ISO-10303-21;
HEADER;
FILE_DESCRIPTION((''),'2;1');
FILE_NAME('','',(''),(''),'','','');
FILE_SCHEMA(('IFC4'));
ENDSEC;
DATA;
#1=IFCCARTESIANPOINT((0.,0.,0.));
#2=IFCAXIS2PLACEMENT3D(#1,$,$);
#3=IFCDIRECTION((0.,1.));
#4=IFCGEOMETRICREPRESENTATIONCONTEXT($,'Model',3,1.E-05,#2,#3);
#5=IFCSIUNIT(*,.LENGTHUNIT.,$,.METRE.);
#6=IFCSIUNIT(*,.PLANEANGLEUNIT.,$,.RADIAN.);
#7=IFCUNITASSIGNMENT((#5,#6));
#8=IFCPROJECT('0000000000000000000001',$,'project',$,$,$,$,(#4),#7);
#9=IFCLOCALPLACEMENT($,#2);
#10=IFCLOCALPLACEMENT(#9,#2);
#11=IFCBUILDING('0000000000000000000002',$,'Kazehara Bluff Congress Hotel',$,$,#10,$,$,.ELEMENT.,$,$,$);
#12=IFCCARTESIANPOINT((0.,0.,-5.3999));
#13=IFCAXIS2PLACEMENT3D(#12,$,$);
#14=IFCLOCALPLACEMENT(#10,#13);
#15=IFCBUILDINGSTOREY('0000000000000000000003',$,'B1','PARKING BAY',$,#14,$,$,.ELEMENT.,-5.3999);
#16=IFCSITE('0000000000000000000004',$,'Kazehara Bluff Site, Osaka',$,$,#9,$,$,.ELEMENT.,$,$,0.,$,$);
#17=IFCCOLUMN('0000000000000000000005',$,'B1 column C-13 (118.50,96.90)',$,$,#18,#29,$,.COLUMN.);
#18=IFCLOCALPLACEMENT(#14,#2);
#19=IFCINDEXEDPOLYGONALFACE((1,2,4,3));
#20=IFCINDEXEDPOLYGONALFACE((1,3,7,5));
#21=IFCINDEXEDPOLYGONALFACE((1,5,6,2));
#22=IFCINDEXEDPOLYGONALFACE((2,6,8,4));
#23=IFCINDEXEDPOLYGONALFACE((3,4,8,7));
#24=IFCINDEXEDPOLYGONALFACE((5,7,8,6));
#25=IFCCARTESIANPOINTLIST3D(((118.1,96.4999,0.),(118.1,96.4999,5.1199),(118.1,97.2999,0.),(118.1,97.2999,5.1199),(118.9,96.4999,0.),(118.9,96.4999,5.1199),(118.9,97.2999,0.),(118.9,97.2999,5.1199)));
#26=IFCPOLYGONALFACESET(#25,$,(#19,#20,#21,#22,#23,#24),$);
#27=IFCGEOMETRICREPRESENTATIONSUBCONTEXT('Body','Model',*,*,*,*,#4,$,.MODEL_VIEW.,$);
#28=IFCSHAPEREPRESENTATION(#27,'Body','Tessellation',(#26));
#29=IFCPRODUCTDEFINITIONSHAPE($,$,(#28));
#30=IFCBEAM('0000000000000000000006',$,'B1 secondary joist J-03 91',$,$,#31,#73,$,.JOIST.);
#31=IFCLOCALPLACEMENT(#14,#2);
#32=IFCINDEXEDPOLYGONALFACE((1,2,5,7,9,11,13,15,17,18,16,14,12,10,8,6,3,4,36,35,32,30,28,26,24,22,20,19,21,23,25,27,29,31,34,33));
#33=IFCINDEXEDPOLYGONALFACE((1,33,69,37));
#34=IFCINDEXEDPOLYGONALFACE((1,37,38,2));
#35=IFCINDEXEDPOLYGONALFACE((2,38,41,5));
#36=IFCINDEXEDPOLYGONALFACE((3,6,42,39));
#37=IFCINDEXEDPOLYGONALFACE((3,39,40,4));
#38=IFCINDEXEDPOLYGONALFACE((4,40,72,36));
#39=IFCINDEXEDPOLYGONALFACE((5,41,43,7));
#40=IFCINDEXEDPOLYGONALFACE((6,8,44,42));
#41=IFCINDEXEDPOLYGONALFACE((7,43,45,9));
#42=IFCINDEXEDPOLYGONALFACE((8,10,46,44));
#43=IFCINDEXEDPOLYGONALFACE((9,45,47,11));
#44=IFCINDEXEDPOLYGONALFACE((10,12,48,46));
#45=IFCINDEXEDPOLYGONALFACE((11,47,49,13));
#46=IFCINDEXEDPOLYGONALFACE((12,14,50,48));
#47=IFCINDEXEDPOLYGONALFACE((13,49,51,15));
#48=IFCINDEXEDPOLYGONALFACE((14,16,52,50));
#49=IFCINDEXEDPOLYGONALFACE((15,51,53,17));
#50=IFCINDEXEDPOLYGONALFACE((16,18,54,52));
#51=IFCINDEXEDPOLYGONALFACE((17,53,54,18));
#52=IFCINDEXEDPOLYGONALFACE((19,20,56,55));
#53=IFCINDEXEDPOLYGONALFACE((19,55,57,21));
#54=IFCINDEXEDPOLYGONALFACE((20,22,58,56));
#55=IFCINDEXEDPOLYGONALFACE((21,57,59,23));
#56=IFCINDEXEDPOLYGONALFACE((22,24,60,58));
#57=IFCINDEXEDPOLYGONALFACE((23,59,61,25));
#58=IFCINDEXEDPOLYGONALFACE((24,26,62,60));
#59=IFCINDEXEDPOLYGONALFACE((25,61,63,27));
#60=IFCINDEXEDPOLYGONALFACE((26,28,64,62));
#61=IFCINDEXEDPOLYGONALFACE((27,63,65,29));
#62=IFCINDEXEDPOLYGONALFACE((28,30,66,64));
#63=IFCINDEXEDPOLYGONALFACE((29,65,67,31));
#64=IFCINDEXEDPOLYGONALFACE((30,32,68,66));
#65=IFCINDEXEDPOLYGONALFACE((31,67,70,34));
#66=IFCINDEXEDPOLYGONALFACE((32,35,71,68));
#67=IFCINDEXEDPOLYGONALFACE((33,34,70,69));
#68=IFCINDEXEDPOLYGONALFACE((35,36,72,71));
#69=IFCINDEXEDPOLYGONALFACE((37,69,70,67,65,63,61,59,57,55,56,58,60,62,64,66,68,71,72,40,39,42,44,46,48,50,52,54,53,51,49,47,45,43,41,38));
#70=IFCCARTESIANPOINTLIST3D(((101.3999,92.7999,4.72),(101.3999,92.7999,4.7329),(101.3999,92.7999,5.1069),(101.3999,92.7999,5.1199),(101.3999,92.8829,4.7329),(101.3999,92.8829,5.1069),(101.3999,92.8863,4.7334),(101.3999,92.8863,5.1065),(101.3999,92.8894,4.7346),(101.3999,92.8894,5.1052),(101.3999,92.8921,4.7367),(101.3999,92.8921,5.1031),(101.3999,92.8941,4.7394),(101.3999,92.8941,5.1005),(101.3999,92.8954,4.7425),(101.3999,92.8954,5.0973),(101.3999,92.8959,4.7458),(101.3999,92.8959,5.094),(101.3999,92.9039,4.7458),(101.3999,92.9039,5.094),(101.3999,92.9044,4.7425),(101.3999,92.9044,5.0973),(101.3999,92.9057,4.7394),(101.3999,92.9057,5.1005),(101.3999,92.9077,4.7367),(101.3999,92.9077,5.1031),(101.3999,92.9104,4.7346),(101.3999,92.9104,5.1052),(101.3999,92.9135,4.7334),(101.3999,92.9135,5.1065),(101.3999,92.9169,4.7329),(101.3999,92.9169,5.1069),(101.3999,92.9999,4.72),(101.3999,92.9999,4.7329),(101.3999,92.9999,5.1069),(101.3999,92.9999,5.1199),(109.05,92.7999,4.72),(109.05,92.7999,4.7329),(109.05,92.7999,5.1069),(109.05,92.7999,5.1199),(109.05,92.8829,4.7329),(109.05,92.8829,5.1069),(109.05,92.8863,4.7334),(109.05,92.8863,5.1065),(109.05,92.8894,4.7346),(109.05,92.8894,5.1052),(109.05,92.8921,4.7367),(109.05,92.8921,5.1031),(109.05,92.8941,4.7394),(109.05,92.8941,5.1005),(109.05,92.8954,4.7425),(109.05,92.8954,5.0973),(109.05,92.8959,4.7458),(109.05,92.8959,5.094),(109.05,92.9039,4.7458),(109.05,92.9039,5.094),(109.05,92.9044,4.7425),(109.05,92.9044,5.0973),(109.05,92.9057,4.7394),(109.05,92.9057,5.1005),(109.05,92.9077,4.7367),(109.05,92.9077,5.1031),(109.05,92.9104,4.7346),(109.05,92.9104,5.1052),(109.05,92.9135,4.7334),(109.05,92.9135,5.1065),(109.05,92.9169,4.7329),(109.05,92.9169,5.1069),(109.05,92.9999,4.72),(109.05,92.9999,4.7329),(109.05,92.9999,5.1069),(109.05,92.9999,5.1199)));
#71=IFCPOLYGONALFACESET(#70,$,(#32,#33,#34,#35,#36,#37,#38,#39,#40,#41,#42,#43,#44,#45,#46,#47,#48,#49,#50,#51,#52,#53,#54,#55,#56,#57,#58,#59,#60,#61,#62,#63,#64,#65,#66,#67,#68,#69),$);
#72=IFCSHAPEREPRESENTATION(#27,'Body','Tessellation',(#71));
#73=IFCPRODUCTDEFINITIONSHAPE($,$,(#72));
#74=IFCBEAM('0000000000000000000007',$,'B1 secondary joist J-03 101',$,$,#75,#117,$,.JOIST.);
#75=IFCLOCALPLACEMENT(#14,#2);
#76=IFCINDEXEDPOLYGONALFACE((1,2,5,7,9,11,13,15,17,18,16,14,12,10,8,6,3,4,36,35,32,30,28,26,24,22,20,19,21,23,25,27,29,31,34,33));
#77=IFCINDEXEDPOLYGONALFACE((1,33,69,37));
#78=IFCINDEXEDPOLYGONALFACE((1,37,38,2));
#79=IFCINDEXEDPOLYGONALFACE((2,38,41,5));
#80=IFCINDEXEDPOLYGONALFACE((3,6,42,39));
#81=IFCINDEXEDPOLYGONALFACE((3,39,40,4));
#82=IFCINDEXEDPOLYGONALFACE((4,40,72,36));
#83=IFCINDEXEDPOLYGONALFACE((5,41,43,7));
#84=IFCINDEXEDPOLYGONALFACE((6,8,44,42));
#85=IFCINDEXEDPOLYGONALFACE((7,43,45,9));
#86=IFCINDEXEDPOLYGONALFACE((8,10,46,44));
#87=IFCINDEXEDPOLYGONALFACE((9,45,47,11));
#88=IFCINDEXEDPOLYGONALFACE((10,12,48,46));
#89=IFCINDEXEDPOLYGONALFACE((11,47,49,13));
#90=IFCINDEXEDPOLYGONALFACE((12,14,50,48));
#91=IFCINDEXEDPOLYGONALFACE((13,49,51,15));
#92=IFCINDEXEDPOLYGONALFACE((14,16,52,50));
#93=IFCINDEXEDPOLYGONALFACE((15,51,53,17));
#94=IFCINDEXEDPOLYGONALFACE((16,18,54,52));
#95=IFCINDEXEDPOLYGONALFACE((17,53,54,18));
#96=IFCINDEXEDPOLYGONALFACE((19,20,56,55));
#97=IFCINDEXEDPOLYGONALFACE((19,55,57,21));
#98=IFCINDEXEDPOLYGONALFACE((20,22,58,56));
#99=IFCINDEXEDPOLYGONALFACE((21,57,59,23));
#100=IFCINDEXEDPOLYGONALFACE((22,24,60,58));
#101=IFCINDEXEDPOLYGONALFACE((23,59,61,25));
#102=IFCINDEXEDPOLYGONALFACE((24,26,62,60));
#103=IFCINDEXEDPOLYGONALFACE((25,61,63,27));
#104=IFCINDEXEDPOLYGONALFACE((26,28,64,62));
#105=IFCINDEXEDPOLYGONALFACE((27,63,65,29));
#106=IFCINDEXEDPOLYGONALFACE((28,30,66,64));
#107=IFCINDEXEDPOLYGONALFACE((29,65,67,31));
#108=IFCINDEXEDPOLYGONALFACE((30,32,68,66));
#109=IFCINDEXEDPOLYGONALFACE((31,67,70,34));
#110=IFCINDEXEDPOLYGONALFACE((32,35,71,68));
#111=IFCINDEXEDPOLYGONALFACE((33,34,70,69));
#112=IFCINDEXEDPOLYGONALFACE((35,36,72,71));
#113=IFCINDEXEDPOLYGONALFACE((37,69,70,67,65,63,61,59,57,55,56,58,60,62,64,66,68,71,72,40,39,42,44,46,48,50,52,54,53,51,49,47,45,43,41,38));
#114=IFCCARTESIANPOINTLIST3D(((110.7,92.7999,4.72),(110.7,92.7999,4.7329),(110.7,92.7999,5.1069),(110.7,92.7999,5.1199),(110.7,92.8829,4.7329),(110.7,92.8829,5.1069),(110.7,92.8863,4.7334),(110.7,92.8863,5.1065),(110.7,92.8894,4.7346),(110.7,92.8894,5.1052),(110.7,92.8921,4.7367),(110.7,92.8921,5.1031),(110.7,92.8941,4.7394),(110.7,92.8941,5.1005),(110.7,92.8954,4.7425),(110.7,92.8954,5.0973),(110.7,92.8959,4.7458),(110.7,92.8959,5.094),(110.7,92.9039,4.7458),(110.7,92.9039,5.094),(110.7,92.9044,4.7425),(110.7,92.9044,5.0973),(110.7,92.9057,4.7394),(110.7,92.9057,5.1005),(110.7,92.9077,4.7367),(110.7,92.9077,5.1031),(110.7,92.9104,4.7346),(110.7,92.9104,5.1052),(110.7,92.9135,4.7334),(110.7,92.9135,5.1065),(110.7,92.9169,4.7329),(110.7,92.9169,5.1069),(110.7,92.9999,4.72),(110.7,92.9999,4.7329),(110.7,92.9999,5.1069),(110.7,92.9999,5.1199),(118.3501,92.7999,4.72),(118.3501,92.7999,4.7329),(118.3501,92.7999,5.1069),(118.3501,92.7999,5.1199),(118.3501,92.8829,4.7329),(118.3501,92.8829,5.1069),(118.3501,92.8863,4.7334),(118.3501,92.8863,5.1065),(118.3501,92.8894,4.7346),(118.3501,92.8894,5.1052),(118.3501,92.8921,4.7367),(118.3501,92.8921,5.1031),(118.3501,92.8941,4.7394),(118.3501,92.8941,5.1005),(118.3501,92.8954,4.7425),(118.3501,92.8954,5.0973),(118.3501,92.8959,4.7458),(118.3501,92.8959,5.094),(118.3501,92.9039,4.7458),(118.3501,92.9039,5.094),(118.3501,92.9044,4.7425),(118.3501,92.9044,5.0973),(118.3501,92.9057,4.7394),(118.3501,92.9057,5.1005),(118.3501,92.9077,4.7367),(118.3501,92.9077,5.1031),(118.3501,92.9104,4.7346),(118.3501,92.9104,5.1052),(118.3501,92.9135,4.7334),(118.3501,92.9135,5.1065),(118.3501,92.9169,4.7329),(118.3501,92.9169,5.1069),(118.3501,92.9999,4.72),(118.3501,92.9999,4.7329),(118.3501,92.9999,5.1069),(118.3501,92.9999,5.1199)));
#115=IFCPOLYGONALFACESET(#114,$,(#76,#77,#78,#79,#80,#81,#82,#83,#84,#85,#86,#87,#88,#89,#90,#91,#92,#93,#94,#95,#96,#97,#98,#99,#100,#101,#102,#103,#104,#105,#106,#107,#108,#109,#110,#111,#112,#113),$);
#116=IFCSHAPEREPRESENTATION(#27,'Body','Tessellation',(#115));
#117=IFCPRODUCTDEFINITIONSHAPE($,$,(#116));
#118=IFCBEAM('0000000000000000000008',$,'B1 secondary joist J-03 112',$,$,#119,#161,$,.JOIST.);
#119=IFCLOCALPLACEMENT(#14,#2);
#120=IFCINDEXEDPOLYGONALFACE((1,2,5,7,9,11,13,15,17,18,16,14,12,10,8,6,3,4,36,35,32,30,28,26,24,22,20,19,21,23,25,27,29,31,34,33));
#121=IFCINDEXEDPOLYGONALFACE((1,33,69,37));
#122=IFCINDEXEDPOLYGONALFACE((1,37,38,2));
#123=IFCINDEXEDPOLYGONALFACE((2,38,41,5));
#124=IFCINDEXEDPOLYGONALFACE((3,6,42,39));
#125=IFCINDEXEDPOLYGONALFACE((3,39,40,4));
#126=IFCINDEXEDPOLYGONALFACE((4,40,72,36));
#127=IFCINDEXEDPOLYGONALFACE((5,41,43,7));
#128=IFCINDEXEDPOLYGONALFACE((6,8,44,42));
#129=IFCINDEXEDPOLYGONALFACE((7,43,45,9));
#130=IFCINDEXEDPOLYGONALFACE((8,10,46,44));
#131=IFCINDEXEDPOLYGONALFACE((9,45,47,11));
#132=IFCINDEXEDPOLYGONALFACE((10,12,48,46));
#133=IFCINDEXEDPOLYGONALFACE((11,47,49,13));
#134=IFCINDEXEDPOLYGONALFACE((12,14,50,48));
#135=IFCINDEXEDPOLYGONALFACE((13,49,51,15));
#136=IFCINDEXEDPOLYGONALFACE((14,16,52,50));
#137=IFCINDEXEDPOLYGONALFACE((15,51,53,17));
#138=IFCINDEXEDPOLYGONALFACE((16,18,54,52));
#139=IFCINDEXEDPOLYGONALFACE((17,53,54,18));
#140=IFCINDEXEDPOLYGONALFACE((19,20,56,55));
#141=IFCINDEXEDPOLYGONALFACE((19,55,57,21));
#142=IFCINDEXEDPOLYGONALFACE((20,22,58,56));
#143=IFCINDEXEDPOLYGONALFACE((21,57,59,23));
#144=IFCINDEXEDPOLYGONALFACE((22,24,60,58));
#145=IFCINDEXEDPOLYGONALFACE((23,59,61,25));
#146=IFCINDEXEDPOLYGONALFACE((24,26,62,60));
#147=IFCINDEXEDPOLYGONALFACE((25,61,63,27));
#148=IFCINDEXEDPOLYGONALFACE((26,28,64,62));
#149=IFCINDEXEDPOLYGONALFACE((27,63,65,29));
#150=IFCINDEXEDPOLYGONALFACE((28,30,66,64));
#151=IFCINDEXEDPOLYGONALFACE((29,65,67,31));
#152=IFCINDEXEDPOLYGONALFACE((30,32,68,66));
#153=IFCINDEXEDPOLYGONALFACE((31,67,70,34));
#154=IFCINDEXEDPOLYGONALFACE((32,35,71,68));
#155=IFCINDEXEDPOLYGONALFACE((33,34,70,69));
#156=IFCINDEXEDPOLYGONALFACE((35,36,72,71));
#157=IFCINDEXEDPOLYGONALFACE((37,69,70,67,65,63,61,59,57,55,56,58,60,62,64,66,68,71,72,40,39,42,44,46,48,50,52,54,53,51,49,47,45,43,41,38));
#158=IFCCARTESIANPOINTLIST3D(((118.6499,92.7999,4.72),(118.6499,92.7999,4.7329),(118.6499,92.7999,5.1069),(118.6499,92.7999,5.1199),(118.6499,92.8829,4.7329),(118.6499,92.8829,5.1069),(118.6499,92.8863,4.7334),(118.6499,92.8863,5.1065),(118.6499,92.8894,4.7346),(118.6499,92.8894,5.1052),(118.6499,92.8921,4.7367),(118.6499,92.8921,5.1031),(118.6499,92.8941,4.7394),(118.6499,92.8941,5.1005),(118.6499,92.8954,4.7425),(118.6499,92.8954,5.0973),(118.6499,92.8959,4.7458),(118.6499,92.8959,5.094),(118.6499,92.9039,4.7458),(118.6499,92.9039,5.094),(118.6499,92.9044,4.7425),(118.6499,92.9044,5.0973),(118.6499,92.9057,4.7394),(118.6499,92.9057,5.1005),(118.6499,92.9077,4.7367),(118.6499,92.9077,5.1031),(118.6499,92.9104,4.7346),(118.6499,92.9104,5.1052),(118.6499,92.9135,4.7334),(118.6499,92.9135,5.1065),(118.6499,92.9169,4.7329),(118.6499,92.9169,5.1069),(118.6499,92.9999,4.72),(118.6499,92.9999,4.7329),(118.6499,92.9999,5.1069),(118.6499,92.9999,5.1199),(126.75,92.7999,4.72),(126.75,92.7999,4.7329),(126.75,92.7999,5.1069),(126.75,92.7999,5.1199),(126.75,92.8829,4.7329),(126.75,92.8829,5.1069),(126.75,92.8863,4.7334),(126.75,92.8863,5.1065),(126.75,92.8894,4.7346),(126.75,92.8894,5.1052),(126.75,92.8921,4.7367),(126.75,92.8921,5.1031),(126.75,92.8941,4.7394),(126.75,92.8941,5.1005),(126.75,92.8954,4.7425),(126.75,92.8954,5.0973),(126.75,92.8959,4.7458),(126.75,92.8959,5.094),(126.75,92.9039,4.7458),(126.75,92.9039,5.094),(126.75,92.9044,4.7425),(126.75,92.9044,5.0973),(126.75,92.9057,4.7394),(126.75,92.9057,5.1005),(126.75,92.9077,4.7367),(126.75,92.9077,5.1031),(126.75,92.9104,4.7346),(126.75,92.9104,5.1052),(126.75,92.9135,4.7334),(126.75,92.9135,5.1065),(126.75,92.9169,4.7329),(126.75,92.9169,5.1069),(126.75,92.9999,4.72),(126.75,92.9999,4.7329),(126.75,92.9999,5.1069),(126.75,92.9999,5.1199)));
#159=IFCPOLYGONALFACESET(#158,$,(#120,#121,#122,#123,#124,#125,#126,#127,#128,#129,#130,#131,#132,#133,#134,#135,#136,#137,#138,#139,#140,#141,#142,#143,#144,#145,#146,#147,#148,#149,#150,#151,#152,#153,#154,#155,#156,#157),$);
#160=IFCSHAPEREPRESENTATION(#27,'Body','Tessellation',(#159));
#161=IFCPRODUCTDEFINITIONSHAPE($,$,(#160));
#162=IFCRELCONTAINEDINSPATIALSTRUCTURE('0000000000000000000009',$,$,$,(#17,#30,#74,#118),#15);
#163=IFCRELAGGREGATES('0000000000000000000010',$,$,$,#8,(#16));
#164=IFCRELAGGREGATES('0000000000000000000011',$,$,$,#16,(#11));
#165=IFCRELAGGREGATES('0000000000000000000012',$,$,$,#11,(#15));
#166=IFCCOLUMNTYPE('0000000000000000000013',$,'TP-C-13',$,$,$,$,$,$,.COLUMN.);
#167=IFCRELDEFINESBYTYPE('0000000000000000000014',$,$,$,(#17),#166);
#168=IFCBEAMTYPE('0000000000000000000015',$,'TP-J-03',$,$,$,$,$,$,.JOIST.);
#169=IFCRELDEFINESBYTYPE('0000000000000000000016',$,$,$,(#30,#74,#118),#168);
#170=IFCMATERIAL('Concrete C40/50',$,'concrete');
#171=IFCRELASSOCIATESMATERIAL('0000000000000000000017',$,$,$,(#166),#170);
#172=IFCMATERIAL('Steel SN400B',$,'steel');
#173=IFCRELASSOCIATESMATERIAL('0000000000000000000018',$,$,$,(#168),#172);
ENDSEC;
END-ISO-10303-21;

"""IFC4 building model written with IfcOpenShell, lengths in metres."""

from ifc_helpers import new_model, si_unit, direction, frame, origin, origin_2d, place, context, subcontext, project, spatial, rectangle, i_section, extrude, material, material_profile, profile_set, type_object, element, save


model = new_model("IFC4")

# Units and contexts
model_context = context("Model", 3, precision=1e-05, world=origin(), true_north=direction((0.0, 1.0)))
body_context = subcontext(model_context, "Body", "Model", "MODEL_VIEW")
ifc_project = project(units=[si_unit("LENGTHUNIT", "METRE"), si_unit("PLANEANGLEUNIT", "RADIAN")], contexts=[model_context])

# Site, building, storey
site_placement = place(None, origin())
site = spatial("IfcSite", under=ifc_project, at=site_placement, Name="Kazehara Bluff Site, Osaka", CompositionType="ELEMENT", RefElevation=0.0)
building_placement = place(site_placement, origin())
building = spatial("IfcBuilding", under=site, at=building_placement, Name="Kazehara Bluff Congress Hotel", CompositionType="ELEMENT")
storey_placement = place(building_placement, frame((0.0, 0.0, -5.3999)))
storey = spatial("IfcBuildingStorey", under=building, at=storey_placement, Name="B1", Description="PARKING BAY", CompositionType="ELEMENT", Elevation=-5.3999)

# Column
ifc_material_1 = material(Name="Concrete C40/50", Category="concrete")
ifc_material_profile_1 = material_profile(ifc_material_1, rectangle(XDim=0.8, YDim=0.8, at=origin_2d()))
ifc_profile_set_1 = profile_set([ifc_material_profile_1], Name="Concrete C40/50")
column_type_1 = type_object("IfcColumnType", Name="TP-C-13", PredefinedType="COLUMN", material=ifc_profile_set_1)
for number, where, z_axis, x_axis, name in (
    (1, (118.5, 96.8999, 0.0), (0.0, 0.0, 1.0), (1.0, 0.0, 0.0), "B1 column C-13 (118.50,96.90)"),
):
    element("IfcColumn", number, at=place(storey_placement, frame(where, z_axis=z_axis, x_axis=x_axis)), inside=storey, type_object=column_type_1, Name=name, PredefinedType="COLUMN", context=body_context, shape_type="SweptSolid", body=[
        extrude(rectangle(XDim=0.8, YDim=0.8, at=origin_2d()), origin(), (0.0, 0.0, 1.0), 5.1199),
    ])

# Beams
ifc_material_2 = material(Name="Steel SN400B", Category="steel")
ifc_material_profile_2 = material_profile(ifc_material_2, i_section(OverallWidth=0.2, OverallDepth=0.3999, WebThickness=0.0081, FlangeThickness=0.0129, FilletRadius=0.0129, at=origin_2d()))
ifc_profile_set_2 = profile_set([ifc_material_profile_2], Name="Steel SN400B")
beam_type = type_object("IfcBeamType", Name="TP-J-03", PredefinedType="JOIST", material=ifc_profile_set_2)
for number, where, z_axis, x_axis, name in (
    (2, (101.3999, 92.8999, 4.9199), (1.0, 0.0, 0.0), (0.0, 1.0, 0.0), "B1 secondary joist J-03 91"),
    (3, (110.7, 92.8999, 4.9199), (1.0, 0.0, 0.0), (0.0, 1.0, 0.0), "B1 secondary joist J-03 101"),
):
    element("IfcBeam", number, at=place(storey_placement, frame(where, z_axis=z_axis, x_axis=x_axis)), inside=storey, type_object=beam_type, Name=name, PredefinedType="JOIST", context=body_context, shape_type="SweptSolid", body=[
        extrude(i_section(OverallWidth=0.2, OverallDepth=0.3999, WebThickness=0.0081, FlangeThickness=0.0129, FilletRadius=0.0129, at=origin_2d()), origin(), (0.0, 0.0, 1.0), 7.6501),
    ])
beam_1_placement = place(storey_placement, frame((118.6499, 92.8999, 4.9199), z_axis=(1.0, 0.0, 0.0), x_axis=(0.0, 1.0, 0.0)))
element("IfcBeam", 4, at=beam_1_placement, inside=storey, type_object=beam_type, Name="B1 secondary joist J-03 112", PredefinedType="JOIST", context=body_context, shape_type="SweptSolid", body=[
    extrude(i_section(OverallWidth=0.2, OverallDepth=0.3999, WebThickness=0.0081, FlangeThickness=0.0129, FilletRadius=0.0129, at=origin_2d()), origin(), (0.0, 0.0, 1.0), 8.1001),
])

save(model, "model.ifc")
